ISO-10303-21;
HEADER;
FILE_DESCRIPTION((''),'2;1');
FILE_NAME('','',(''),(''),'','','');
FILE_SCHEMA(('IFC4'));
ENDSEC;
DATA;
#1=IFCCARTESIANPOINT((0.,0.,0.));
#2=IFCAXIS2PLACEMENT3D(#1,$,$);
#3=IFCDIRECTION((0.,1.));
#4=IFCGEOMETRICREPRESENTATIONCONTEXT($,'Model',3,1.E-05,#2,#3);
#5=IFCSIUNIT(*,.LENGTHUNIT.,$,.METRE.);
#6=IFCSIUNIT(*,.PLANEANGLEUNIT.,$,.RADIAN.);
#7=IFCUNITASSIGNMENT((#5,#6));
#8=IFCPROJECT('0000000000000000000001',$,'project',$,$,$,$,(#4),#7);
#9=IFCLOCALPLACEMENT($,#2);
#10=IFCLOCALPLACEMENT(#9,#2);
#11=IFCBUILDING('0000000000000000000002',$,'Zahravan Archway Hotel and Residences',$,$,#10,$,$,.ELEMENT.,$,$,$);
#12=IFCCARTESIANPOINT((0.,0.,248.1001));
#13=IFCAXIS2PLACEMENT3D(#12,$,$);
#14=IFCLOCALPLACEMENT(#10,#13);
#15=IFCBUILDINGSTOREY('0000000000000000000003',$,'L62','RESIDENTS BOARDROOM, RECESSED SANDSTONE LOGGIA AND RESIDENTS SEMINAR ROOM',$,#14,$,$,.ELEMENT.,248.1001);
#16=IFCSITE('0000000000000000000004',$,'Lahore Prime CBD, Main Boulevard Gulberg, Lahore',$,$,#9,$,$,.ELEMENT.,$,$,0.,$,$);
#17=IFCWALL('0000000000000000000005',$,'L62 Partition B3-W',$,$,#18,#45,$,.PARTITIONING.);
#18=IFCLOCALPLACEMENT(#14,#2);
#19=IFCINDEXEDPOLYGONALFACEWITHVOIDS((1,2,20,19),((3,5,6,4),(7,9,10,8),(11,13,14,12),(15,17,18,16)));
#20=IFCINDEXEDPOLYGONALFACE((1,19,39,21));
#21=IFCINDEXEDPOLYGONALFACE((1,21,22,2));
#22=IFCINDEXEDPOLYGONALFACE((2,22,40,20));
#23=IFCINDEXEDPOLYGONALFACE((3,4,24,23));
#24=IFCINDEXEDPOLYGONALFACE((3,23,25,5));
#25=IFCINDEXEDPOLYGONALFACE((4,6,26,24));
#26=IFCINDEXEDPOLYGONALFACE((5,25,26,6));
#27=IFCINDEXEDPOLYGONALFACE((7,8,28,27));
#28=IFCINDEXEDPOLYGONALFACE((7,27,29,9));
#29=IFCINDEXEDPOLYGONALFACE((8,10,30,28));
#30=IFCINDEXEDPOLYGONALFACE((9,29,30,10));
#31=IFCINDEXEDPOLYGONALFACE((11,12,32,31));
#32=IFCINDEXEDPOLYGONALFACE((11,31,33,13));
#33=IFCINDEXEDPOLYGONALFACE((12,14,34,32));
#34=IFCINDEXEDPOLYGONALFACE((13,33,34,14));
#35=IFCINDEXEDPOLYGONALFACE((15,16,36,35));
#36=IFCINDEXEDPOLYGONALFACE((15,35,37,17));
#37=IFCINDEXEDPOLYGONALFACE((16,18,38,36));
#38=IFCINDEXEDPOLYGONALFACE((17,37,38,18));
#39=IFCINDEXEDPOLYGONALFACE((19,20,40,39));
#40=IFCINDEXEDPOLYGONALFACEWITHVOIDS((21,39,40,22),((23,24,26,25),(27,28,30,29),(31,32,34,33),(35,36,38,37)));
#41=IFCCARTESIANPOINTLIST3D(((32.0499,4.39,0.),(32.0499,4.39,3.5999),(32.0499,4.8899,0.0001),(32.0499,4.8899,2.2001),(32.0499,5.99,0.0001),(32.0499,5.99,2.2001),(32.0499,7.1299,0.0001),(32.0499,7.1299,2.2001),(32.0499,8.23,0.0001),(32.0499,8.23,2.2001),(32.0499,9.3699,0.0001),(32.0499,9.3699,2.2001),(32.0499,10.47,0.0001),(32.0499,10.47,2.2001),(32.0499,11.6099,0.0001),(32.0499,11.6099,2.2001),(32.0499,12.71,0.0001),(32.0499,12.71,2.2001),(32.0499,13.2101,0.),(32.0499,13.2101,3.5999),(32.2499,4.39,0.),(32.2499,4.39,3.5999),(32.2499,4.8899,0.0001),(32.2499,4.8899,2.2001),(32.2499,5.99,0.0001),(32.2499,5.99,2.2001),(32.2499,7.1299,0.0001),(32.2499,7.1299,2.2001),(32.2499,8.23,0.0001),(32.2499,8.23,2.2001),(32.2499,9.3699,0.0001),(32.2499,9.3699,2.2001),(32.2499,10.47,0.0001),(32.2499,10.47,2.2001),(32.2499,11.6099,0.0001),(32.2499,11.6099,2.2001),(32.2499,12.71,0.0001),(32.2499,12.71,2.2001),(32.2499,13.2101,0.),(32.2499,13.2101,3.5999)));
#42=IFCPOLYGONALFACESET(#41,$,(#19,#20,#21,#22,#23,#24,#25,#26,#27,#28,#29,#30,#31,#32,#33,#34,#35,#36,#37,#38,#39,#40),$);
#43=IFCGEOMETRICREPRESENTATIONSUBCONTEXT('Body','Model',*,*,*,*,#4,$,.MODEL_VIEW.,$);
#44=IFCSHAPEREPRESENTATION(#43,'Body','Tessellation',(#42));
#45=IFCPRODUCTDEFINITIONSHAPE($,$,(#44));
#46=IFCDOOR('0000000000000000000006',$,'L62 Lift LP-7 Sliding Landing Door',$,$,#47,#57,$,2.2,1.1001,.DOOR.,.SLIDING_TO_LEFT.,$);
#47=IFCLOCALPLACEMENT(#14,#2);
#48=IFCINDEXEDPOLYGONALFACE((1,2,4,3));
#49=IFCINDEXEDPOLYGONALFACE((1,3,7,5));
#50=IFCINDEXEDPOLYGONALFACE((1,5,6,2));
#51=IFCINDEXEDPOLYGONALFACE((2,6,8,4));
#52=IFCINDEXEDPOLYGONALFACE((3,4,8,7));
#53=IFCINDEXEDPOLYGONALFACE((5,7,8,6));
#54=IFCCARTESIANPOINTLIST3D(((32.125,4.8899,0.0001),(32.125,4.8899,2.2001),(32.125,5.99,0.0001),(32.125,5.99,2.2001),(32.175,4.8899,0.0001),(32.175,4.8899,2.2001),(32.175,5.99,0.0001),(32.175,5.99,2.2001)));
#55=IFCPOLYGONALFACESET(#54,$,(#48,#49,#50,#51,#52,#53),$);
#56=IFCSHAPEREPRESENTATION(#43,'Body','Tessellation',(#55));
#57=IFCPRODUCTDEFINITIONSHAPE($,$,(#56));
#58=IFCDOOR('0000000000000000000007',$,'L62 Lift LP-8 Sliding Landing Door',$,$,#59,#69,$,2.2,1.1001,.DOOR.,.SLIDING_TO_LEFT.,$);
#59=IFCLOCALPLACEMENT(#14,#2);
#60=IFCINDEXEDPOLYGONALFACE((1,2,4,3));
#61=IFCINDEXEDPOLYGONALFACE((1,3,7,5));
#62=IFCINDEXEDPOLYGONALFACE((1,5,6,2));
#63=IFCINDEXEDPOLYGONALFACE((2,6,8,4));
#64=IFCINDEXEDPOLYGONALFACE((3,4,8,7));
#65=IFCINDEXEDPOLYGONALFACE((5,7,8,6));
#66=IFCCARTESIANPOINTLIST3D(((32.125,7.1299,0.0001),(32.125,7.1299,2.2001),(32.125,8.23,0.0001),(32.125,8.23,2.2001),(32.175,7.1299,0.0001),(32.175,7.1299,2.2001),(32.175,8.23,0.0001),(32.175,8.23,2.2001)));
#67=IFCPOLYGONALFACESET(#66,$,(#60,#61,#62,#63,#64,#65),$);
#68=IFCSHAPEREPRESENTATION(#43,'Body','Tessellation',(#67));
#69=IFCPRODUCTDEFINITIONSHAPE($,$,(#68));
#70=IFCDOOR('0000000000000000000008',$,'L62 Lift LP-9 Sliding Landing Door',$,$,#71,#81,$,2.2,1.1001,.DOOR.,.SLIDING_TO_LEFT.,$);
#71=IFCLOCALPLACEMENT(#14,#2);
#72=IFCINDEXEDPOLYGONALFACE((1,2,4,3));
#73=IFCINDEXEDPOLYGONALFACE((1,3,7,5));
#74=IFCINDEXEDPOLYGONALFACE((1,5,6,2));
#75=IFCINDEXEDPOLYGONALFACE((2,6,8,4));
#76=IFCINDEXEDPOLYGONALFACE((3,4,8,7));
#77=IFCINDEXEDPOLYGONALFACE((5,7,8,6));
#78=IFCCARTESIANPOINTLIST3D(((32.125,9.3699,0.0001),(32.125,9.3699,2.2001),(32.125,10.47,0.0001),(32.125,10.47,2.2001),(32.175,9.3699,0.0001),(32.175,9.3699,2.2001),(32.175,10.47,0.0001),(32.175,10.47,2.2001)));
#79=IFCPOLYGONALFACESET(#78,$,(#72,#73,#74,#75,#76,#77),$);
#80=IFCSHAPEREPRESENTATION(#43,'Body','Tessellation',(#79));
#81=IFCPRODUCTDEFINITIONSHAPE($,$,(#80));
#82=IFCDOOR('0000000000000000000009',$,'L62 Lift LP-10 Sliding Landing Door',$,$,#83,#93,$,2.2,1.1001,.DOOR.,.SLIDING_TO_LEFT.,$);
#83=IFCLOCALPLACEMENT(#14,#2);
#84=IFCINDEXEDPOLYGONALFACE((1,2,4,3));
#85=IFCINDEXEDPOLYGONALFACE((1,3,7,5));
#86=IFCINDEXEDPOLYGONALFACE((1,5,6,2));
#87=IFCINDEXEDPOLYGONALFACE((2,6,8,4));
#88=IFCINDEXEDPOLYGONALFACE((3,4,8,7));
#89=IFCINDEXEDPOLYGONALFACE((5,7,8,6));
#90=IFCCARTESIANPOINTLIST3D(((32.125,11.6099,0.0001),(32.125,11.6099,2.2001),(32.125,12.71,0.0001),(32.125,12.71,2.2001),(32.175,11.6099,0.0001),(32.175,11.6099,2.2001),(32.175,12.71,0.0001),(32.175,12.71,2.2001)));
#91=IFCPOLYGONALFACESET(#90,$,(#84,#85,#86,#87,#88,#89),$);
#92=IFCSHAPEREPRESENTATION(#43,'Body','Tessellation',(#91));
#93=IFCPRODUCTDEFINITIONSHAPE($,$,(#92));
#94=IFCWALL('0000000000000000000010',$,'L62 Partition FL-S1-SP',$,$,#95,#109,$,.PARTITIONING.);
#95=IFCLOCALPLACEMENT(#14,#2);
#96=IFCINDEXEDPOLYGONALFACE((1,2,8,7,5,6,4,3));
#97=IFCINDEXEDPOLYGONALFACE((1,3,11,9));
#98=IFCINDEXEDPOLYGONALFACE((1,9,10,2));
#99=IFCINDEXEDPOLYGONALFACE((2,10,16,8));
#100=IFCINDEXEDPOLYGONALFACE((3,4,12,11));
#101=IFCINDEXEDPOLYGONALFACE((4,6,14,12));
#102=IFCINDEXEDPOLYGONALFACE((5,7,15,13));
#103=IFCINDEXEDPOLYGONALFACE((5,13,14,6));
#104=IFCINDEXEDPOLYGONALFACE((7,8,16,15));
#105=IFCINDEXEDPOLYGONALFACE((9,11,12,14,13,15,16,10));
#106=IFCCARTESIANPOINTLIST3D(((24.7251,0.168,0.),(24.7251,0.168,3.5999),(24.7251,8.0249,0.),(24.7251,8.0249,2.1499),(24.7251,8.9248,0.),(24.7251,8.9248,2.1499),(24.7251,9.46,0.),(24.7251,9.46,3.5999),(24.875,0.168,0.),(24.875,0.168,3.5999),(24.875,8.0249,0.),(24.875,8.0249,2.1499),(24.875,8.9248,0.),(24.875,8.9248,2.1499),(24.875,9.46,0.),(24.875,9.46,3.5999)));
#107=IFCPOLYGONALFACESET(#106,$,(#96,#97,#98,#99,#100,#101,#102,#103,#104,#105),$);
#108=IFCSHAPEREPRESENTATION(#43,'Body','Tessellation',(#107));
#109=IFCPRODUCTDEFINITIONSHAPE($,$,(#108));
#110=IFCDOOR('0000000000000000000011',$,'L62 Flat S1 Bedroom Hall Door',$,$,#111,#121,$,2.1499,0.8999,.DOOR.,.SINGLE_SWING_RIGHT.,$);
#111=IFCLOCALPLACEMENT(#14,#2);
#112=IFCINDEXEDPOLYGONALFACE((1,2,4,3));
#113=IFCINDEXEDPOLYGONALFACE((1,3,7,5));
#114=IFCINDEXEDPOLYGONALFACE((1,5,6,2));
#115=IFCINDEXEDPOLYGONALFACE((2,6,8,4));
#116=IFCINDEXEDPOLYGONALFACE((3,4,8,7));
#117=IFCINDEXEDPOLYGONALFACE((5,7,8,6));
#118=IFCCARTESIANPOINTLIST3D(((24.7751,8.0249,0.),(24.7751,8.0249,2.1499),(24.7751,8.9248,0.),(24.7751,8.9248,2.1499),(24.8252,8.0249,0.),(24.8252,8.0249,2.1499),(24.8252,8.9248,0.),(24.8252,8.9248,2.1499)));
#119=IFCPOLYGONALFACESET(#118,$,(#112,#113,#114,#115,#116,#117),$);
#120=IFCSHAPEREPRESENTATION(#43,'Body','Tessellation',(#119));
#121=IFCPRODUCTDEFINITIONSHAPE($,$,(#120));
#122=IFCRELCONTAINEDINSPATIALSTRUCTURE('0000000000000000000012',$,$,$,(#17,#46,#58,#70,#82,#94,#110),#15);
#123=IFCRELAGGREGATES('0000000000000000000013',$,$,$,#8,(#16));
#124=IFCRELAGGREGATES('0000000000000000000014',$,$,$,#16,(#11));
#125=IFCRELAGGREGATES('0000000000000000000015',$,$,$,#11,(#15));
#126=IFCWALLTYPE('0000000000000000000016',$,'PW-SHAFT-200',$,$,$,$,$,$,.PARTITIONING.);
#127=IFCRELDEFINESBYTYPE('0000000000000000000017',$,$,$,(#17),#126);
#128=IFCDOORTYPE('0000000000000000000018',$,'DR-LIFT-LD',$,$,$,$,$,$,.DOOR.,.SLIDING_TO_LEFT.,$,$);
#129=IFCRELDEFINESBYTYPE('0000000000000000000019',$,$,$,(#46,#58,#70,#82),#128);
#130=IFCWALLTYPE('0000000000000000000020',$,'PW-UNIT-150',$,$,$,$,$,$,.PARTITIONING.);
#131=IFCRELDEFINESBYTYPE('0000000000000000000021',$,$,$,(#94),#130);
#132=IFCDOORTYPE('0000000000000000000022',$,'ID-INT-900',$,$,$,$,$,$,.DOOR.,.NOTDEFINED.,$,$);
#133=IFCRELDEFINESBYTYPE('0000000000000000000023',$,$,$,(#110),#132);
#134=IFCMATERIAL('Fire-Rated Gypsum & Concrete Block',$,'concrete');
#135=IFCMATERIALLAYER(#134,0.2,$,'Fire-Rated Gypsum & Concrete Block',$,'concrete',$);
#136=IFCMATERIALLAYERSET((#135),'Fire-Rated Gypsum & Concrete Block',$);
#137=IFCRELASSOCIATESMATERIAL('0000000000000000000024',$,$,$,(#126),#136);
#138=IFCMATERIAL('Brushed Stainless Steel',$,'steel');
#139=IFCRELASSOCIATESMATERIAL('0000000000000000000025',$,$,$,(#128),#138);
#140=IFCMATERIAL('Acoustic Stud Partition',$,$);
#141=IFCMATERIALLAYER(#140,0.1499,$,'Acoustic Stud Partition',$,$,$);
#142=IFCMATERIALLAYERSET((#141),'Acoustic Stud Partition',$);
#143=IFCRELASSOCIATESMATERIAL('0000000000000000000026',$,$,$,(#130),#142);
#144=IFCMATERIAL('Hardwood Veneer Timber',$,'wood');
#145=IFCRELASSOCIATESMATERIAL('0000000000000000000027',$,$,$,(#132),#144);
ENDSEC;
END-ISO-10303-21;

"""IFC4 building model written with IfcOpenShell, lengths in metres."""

from ifc_helpers import new_model, si_unit, direction, frame, frame_2d, origin, place, context, subcontext, project, spatial, rectangle, extrude, source, transform, mapped, material, layer, layer_set, type_object, type_shapes, element, fill, save


model = new_model("IFC4")

# Units and contexts
model_context = context("Model", 3, precision=1e-05, world=origin(), true_north=direction((0.0, 1.0)))
body_context = subcontext(model_context, "Body", "Model", "MODEL_VIEW")
ifc_project = project(units=[si_unit("LENGTHUNIT", "METRE"), si_unit("PLANEANGLEUNIT", "RADIAN")], contexts=[model_context])

# Site, building, storey
site_placement = place(None, origin())
site = spatial("IfcSite", under=ifc_project, at=site_placement, Name="Lahore Prime CBD, Main Boulevard Gulberg, Lahore", CompositionType="ELEMENT", RefElevation=0.0)
building_placement = place(site_placement, origin())
building = spatial("IfcBuilding", under=site, at=building_placement, Name="Zahravan Archway Hotel and Residences", CompositionType="ELEMENT")
storey_placement = place(building_placement, frame((0.0, 0.0, 248.1001)))
storey = spatial("IfcBuildingStorey", under=building, at=storey_placement, Name="L62", Description="RESIDENTS BOARDROOM, RECESSED SANDSTONE LOGGIA AND RESIDENTS SEMINAR ROOM", CompositionType="ELEMENT", Elevation=248.1001)

# Shared definitions
ifc_material_1 = material(Name="Fire-Rated Gypsum & Concrete Block", Category="concrete")
ifc_material_2 = material(Name="Hardwood Veneer Timber", Category="wood")

# Shared definitions
ifc_layer_1 = layer(ifc_material_1, 0.2, Name="Fire-Rated Gypsum & Concrete Block", Category="concrete")
ifc_layer_set_1 = layer_set([ifc_layer_1], Name="Fire-Rated Gypsum & Concrete Block")
wall_type_1 = type_object("IfcWallType", Name="PW-SHAFT-200", PredefinedType="PARTITIONING", material=ifc_layer_set_1)

# Wall, openings, doors
wall_1_placement = place(storey_placement, frame((32.1499, 4.3899, 0.0), z_axis=(0.0, 0.0, 1.0), x_axis=(0.0, 1.0, 0.0)))
wall_1 = element("IfcWall", 1, at=wall_1_placement, inside=storey, type_object=wall_type_1, Name="L62 Partition B3-W", PredefinedType="PARTITIONING", context=body_context, shape_type="SweptSolid", body=[
    extrude(rectangle(XDim=8.8201, YDim=0.2, at=frame_2d((4.4102, 0.0))), origin(), (0.0, 0.0, 1.0), 3.5999),
])
opening_1_placement = place(wall_1_placement, frame((0.5, 0.0, 0.0)))
opening_1 = element("IfcOpeningElement", 2, at=opening_1_placement, cuts=wall_1, PredefinedType="OPENING", context=body_context, shape_type="SweptSolid", body=[
    extrude(rectangle(XDim=1.1001, YDim=2.2, at=frame_2d((0.55, 1.1001))), frame((0.0, 0.1099, 0.0), z_axis=(0.0, -1.0, 0.0), x_axis=(1.0, 0.0, 0.0)), (0.0, 0.0, 1.0), 0.22),
])
opening_2_placement = place(wall_1_placement, frame((2.74, 0.0, 0.0)))
opening_2 = element("IfcOpeningElement", 3, at=opening_2_placement, cuts=wall_1, PredefinedType="OPENING", context=body_context, shape_type="SweptSolid", body=[
    extrude(rectangle(XDim=1.1001, YDim=2.2, at=frame_2d((0.55, 1.1001))), frame((0.0, 0.1099, 0.0), z_axis=(0.0, -1.0, 0.0), x_axis=(1.0, 0.0, 0.0)), (0.0, 0.0, 1.0), 0.22),
])
opening_3_placement = place(wall_1_placement, frame((4.98, 0.0, 0.0)))
opening_3 = element("IfcOpeningElement", 4, at=opening_3_placement, cuts=wall_1, PredefinedType="OPENING", context=body_context, shape_type="SweptSolid", body=[
    extrude(rectangle(XDim=1.1001, YDim=2.2, at=frame_2d((0.55, 1.1001))), frame((0.0, 0.1099, 0.0), z_axis=(0.0, -1.0, 0.0), x_axis=(1.0, 0.0, 0.0)), (0.0, 0.0, 1.0), 0.22),
])
opening_4_placement = place(wall_1_placement, frame((7.22, 0.0, 0.0)))
opening_4 = element("IfcOpeningElement", 5, at=opening_4_placement, cuts=wall_1, PredefinedType="OPENING", context=body_context, shape_type="SweptSolid", body=[
    extrude(rectangle(XDim=1.1001, YDim=2.2, at=frame_2d((0.55, 1.1001))), frame((0.0, 0.1099, 0.0), z_axis=(0.0, -1.0, 0.0), x_axis=(1.0, 0.0, 0.0)), (0.0, 0.0, 1.0), 0.22),
])
ifc_material_3 = material(Name="Brushed Stainless Steel", Category="steel")
door_type_1 = type_object("IfcDoorType", Name="DR-LIFT-LD", OperationType="SLIDING_TO_LEFT", PredefinedType="DOOR", material=ifc_material_3)
shared_shape_1 = source(origin(), body_context, "Body", "SweptSolid", [
    extrude(rectangle(XDim=1.1001, YDim=2.2, at=frame_2d((0.55, 1.1001))), frame((0.0, 0.0249, 0.0), z_axis=(0.0, -1.0, 0.0), x_axis=(1.0, 0.0, 0.0)), (0.0, 0.0, 1.0), 0.05),
])
type_shapes(door_type_1, [shared_shape_1])
door_1_placement = place(opening_1_placement, origin())
door_1 = element("IfcDoor", 6, at=door_1_placement, inside=storey, type_object=door_type_1, Name="L62 Lift LP-7 Sliding Landing Door", OperationType="SLIDING_TO_LEFT", OverallHeight=2.2, OverallWidth=1.1001, PredefinedType="DOOR", context=body_context, shape_type="MappedRepresentation", body=[
    mapped(shared_shape_1, transform((0.0, 0.0, 0.0), scale=1.0)),
])
fill(opening_1, door_1)
door_2_placement = place(opening_2_placement, origin())
door_2 = element("IfcDoor", 7, at=door_2_placement, inside=storey, type_object=door_type_1, Name="L62 Lift LP-8 Sliding Landing Door", OperationType="SLIDING_TO_LEFT", OverallHeight=2.2, OverallWidth=1.1001, PredefinedType="DOOR", context=body_context, shape_type="MappedRepresentation", body=[
    mapped(shared_shape_1, transform((0.0, 0.0, 0.0), scale=1.0)),
])
fill(opening_2, door_2)
door_3_placement = place(opening_3_placement, origin())
door_3 = element("IfcDoor", 8, at=door_3_placement, inside=storey, type_object=door_type_1, Name="L62 Lift LP-9 Sliding Landing Door", OperationType="SLIDING_TO_LEFT", OverallHeight=2.2, OverallWidth=1.1001, PredefinedType="DOOR", context=body_context, shape_type="MappedRepresentation", body=[
    mapped(shared_shape_1, transform((0.0, 0.0, 0.0), scale=1.0)),
])
fill(opening_3, door_3)
door_4_placement = place(opening_4_placement, origin())
door_4 = element("IfcDoor", 9, at=door_4_placement, inside=storey, type_object=door_type_1, Name="L62 Lift LP-10 Sliding Landing Door", OperationType="SLIDING_TO_LEFT", OverallHeight=2.2, OverallWidth=1.1001, PredefinedType="DOOR", context=body_context, shape_type="MappedRepresentation", body=[
    mapped(shared_shape_1, transform((0.0, 0.0, 0.0), scale=1.0)),
])
fill(opening_4, door_4)

# Wall, opening, door
ifc_material_4 = material(Name="Acoustic Stud Partition")
ifc_layer_2 = layer(ifc_material_4, 0.1499, Name="Acoustic Stud Partition")
ifc_layer_set_2 = layer_set([ifc_layer_2], Name="Acoustic Stud Partition")
wall_type_2 = type_object("IfcWallType", Name="PW-UNIT-150", PredefinedType="PARTITIONING", material=ifc_layer_set_2)
wall_2_placement = place(storey_placement, frame((24.8, 0.168, 0.0), z_axis=(0.0, 0.0, 1.0), x_axis=(0.0, 1.0, 0.0)))
wall_2 = element("IfcWall", 10, at=wall_2_placement, inside=storey, type_object=wall_type_2, Name="L62 Partition FL-S1-SP", PredefinedType="PARTITIONING", context=body_context, shape_type="SweptSolid", body=[
    extrude(rectangle(XDim=9.292, YDim=0.1499, at=frame_2d((4.646, 0.0))), origin(), (0.0, 0.0, 1.0), 3.5999),
])
opening_5_placement = place(wall_2_placement, frame((7.8569, 0.0, 0.0)))
opening_5 = element("IfcOpeningElement", 11, at=opening_5_placement, cuts=wall_2, PredefinedType="OPENING", context=body_context, shape_type="SweptSolid", body=[
    extrude(rectangle(XDim=0.8999, YDim=2.1499, at=frame_2d((0.45, 1.075))), frame((0.0, 0.085, 0.0), z_axis=(0.0, -1.0, 0.0), x_axis=(1.0, 0.0, 0.0)), (0.0, 0.0, 1.0), 0.1699),
])
door_type_2 = type_object("IfcDoorType", Name="ID-INT-900", OperationType="NOTDEFINED", PredefinedType="DOOR", material=ifc_material_2)
shared_shape_2 = source(origin(), body_context, "Body", "SweptSolid", [
    extrude(rectangle(XDim=0.8999, YDim=2.1499, at=frame_2d((0.45, 1.075))), frame((0.0, 0.0249, 0.0), z_axis=(0.0, -1.0, 0.0), x_axis=(1.0, 0.0, 0.0)), (0.0, 0.0, 1.0), 0.05),
])
type_shapes(door_type_2, [shared_shape_2])
door_5_placement = place(opening_5_placement, origin())
door_5 = element("IfcDoor", 12, at=door_5_placement, inside=storey, type_object=door_type_2, Name="L62 Flat S1 Bedroom Hall Door", OperationType="SINGLE_SWING_RIGHT", OverallHeight=2.1499, OverallWidth=0.8999, PredefinedType="DOOR", context=body_context, shape_type="MappedRepresentation", body=[
    mapped(shared_shape_2, transform((0.0, 0.0, 0.0), scale=1.0)),
])
fill(opening_5, door_5)

save(model, "model.ifc")
